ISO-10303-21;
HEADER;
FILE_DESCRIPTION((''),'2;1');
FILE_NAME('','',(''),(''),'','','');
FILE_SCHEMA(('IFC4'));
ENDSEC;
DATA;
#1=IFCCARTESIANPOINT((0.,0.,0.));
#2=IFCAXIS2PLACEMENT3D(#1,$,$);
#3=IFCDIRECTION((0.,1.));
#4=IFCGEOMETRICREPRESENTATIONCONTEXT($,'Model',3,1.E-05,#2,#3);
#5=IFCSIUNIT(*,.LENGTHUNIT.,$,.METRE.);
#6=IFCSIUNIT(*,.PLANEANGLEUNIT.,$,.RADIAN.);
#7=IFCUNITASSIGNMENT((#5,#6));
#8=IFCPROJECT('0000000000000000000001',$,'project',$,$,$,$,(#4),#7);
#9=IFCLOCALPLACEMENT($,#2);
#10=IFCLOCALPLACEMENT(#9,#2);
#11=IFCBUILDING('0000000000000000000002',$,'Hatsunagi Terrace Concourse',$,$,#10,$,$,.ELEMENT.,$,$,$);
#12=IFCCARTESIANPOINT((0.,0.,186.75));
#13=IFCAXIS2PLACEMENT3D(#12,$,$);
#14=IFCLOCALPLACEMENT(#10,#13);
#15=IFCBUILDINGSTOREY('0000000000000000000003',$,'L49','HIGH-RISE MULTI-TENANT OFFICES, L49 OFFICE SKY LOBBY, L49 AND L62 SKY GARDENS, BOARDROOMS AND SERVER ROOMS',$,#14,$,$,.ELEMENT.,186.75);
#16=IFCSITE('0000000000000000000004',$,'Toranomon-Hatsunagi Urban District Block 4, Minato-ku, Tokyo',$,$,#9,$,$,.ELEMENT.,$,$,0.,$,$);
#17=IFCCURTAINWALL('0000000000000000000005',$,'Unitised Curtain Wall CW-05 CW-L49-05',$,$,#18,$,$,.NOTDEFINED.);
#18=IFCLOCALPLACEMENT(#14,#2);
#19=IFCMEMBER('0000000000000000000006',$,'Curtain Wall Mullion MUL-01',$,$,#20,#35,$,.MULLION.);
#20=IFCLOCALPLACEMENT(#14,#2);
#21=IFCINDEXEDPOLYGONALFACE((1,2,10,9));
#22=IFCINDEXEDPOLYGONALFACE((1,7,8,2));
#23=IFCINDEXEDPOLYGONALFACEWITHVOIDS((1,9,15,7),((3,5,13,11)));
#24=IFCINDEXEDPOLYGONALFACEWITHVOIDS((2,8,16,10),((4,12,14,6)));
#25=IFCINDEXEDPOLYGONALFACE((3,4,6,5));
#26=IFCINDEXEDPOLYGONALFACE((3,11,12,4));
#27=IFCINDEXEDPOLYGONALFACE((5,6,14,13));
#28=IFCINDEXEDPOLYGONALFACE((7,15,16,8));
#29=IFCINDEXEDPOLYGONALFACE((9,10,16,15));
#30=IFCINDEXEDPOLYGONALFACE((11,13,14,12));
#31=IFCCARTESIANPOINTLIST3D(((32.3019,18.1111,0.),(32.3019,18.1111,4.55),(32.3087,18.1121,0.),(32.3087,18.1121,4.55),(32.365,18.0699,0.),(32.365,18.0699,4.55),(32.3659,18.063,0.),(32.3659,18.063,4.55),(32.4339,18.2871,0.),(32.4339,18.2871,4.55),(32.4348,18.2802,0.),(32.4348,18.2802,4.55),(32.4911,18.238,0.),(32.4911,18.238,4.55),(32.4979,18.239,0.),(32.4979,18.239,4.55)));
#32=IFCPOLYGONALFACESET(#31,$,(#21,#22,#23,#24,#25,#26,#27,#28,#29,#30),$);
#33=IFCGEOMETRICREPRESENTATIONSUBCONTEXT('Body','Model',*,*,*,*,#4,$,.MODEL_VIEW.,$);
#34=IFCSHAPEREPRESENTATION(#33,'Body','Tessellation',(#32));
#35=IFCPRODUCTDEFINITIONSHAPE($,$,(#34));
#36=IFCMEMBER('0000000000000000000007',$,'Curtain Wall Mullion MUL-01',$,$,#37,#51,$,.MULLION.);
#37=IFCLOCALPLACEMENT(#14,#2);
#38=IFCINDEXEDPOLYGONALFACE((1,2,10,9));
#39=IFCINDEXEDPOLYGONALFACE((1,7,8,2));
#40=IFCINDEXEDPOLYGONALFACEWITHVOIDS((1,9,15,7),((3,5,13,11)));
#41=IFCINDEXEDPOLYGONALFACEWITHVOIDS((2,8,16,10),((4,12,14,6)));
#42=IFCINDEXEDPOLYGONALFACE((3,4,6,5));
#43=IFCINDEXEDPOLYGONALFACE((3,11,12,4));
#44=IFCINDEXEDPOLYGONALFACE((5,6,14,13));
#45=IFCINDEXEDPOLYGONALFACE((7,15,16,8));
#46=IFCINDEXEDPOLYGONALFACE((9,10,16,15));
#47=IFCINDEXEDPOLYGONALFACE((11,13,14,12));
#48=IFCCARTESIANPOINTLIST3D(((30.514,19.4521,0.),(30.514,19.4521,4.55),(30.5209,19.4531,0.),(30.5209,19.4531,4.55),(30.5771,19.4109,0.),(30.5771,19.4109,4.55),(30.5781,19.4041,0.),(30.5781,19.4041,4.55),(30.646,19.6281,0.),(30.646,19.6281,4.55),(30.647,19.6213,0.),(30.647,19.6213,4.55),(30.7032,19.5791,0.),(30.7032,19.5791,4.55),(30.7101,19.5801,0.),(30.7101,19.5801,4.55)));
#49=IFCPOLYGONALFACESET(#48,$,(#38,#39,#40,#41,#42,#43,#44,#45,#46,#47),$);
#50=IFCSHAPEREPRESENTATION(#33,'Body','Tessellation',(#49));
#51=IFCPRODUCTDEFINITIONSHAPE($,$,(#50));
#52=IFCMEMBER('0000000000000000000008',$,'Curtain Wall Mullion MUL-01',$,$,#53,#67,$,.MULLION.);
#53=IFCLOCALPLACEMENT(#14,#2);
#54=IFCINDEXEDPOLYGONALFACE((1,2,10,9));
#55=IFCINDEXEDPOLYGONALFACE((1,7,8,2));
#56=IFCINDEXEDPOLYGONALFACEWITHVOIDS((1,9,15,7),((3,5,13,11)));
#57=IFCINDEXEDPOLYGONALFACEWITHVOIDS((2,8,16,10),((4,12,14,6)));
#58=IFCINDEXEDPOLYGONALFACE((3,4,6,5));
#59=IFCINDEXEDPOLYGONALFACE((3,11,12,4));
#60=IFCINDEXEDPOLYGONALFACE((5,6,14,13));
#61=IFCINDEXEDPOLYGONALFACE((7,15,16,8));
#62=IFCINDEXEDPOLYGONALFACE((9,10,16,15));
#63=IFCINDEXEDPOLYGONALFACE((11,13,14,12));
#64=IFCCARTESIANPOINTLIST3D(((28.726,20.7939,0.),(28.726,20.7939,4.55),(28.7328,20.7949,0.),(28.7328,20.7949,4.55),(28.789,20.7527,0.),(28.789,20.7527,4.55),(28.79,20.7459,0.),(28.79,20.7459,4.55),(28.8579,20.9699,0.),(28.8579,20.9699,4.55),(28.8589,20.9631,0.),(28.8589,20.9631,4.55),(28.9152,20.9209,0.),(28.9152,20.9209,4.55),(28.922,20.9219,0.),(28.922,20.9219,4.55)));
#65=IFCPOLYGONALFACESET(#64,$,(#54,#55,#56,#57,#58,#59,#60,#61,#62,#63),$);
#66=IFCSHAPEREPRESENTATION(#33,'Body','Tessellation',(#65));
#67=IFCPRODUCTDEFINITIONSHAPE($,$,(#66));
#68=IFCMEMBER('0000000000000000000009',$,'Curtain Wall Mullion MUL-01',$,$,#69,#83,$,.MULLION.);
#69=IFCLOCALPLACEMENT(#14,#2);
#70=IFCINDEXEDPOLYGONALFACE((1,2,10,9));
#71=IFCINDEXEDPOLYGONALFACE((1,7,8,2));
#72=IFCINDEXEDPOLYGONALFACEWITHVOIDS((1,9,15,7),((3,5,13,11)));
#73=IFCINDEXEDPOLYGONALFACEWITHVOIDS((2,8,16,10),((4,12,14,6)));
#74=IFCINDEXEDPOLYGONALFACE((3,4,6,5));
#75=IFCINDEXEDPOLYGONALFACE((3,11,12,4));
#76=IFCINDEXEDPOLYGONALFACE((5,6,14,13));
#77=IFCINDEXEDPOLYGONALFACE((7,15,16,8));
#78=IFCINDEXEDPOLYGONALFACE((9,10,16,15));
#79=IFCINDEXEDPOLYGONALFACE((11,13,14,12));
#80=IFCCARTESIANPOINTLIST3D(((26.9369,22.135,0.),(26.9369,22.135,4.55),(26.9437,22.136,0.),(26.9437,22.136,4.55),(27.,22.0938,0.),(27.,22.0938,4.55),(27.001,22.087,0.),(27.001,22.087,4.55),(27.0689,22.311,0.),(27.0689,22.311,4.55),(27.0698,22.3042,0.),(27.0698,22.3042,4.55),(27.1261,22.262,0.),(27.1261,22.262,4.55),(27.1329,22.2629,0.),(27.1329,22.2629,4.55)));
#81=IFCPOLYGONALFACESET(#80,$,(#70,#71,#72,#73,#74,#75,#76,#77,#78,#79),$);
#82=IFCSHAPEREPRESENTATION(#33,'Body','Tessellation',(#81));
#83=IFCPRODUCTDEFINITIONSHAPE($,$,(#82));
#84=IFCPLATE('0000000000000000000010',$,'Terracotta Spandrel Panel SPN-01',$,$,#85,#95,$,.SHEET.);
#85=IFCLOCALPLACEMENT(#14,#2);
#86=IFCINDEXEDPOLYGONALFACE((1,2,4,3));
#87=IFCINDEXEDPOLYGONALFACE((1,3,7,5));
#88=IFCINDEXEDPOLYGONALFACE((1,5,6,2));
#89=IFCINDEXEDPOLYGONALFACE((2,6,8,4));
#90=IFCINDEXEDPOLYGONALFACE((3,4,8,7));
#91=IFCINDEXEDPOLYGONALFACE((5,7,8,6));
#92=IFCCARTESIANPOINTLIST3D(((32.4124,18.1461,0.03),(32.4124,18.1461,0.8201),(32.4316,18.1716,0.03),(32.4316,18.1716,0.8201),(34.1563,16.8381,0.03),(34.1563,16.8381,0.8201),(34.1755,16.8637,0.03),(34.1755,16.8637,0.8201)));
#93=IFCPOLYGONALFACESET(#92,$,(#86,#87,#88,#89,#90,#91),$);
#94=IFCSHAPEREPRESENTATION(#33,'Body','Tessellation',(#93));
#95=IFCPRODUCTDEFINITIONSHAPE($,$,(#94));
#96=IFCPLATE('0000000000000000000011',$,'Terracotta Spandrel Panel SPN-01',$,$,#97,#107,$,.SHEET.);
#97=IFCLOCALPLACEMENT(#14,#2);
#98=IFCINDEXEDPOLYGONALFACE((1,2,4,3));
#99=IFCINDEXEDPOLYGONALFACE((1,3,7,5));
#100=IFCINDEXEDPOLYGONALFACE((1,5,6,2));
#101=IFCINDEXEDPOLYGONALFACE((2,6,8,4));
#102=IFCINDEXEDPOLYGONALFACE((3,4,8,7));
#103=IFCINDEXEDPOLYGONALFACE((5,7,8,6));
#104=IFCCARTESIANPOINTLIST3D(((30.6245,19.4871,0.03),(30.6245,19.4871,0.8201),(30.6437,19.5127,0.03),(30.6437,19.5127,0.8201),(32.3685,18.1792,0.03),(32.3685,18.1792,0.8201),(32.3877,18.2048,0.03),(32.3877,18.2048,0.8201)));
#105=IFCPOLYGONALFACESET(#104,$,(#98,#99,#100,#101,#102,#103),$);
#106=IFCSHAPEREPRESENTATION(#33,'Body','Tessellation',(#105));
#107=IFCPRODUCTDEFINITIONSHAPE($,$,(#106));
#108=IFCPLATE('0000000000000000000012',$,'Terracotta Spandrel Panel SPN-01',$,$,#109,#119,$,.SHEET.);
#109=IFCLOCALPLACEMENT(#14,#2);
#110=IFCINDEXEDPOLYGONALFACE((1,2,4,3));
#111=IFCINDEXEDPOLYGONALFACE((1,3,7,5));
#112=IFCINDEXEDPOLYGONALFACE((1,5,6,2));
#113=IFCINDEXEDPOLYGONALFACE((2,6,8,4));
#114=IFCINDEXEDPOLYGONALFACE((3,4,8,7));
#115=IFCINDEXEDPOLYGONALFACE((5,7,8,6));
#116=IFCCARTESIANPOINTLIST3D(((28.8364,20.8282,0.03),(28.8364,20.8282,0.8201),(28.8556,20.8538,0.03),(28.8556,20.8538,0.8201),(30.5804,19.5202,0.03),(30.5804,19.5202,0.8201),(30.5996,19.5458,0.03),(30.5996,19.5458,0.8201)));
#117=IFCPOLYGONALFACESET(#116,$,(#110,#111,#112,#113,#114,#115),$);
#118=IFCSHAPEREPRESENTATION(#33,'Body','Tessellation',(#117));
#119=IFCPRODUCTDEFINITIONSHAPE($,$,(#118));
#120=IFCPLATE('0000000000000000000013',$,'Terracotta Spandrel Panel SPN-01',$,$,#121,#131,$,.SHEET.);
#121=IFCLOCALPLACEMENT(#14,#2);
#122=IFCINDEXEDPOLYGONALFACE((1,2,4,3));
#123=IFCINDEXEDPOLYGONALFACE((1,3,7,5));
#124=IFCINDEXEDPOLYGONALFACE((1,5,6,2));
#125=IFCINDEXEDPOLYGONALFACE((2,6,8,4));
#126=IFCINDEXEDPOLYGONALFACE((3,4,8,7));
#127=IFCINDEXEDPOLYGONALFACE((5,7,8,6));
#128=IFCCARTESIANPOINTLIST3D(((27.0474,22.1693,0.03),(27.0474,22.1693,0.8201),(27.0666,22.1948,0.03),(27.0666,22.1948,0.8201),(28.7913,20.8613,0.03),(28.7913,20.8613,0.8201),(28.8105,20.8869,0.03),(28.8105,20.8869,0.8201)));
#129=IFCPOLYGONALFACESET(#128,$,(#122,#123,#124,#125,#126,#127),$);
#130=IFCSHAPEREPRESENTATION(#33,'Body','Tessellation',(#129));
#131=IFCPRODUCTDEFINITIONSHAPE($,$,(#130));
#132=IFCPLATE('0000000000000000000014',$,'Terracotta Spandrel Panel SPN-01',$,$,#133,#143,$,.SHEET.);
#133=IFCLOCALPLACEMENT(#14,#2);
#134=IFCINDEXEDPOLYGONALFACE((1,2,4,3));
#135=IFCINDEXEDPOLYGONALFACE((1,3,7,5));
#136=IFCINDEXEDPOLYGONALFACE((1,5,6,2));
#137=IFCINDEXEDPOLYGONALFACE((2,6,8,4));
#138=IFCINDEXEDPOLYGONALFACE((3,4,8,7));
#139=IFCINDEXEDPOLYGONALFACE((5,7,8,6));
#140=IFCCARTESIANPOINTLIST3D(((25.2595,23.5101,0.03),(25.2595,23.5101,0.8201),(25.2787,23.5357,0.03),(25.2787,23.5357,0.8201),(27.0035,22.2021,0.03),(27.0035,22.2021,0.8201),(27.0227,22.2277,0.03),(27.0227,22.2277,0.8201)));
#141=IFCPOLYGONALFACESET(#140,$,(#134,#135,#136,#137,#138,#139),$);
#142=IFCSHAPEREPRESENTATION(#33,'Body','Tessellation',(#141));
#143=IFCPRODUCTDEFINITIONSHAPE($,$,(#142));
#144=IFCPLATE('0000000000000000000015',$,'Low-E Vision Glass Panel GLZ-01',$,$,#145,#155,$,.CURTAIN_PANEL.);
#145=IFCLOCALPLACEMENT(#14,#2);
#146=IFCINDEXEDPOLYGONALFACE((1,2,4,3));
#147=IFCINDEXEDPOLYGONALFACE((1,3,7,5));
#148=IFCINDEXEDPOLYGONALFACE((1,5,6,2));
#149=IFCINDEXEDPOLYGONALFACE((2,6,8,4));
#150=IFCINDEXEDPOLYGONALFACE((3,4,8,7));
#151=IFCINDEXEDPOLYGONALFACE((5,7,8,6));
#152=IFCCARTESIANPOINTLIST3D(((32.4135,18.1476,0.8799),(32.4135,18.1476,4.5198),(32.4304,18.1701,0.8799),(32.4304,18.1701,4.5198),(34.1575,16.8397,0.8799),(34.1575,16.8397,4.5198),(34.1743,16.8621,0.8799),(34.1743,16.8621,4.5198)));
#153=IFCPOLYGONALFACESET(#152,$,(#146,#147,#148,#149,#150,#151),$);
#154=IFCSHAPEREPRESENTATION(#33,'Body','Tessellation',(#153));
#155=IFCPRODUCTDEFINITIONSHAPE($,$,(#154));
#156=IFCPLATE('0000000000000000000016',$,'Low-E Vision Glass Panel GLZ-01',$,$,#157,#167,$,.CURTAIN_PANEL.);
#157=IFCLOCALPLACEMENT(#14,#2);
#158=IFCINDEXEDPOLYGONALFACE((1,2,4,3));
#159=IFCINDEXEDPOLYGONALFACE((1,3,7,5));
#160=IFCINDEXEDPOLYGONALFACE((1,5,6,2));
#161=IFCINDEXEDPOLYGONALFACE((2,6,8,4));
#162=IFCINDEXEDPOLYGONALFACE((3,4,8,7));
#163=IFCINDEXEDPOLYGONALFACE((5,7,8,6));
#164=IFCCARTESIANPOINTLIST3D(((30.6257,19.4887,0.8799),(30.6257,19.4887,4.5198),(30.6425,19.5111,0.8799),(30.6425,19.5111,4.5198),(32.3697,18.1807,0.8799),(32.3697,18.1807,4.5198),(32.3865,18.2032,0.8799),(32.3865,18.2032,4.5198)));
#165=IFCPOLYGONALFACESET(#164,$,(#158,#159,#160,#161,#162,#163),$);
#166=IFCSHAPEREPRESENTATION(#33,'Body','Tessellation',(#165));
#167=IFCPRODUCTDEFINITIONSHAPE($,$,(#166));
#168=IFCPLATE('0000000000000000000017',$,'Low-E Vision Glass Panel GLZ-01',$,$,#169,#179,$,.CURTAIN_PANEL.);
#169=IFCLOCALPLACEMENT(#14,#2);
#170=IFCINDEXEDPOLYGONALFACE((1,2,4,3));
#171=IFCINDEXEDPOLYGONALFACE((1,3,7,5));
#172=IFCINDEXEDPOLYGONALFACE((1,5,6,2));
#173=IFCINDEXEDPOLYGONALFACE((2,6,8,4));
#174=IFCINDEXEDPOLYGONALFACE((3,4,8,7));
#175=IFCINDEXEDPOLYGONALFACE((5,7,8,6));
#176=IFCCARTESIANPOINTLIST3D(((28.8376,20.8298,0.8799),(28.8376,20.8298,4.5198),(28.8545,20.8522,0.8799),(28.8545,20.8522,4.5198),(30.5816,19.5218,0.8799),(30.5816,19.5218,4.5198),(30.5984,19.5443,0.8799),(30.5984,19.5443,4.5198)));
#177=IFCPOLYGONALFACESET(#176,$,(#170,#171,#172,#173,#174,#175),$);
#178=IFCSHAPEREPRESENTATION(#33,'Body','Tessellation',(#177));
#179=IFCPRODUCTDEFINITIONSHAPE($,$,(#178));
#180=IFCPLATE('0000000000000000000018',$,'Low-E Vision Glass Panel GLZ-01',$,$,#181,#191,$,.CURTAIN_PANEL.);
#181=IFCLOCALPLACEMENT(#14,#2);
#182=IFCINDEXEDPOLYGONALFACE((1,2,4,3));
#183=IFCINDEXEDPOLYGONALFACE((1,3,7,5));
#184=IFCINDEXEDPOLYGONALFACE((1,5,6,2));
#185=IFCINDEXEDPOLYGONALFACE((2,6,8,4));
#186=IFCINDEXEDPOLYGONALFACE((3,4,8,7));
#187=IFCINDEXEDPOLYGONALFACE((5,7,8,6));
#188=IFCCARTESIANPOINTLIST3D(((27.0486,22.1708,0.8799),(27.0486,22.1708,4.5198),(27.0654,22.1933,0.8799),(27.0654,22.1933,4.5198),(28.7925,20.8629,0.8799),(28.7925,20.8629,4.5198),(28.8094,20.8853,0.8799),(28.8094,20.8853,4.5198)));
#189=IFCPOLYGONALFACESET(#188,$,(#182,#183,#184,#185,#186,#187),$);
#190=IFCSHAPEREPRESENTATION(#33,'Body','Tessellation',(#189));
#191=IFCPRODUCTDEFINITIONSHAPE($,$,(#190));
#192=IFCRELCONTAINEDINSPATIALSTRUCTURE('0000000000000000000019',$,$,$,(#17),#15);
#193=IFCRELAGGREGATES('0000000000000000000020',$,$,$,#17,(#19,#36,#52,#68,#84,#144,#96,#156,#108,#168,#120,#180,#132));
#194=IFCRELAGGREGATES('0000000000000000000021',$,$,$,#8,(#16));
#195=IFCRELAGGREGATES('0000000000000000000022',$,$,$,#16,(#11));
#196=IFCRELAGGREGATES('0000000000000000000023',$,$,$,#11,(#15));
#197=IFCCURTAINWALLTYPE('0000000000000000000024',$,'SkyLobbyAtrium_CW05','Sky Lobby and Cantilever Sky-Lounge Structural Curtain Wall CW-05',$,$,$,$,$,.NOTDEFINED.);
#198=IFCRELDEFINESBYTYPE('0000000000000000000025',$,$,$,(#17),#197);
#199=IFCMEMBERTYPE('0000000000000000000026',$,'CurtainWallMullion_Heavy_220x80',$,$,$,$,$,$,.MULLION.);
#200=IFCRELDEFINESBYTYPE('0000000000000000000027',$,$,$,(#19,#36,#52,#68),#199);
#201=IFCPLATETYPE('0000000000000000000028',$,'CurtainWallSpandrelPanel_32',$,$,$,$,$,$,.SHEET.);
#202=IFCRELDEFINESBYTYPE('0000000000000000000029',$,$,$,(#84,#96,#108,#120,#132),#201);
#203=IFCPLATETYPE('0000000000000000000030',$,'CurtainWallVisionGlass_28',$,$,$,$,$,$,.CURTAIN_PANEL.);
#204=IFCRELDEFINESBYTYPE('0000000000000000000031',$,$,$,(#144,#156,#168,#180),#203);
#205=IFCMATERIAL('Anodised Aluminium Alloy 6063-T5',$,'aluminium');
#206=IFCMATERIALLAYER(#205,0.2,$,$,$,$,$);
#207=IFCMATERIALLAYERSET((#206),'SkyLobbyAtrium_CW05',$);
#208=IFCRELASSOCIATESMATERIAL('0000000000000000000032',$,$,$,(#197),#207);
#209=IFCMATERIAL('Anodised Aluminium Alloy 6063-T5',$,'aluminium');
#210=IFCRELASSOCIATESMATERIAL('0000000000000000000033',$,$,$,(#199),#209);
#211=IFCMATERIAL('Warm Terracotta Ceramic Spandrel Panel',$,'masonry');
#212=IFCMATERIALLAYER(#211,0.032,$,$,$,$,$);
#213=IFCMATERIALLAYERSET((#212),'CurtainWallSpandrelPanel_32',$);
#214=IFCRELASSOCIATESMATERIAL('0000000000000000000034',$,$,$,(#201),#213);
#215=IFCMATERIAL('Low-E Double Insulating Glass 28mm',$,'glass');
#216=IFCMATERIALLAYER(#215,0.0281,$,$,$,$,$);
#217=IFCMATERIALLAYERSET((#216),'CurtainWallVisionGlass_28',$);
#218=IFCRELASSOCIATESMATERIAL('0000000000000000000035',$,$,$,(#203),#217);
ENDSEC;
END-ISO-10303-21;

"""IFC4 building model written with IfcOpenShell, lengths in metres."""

from ifc_helpers import new_model, si_unit, direction, frame, origin, origin_2d, place, context, subcontext, project, spatial, rectangle, hollow_rectangle, extrude, material, layer, layer_set, material_profile, profile_set, type_object, element, aggregate, save


model = new_model("IFC4")

# Units and contexts
model_context = context("Model", 3, precision=1e-05, world=origin(), true_north=direction((0.0, 1.0)))
body_context = subcontext(model_context, "Body", "Model", "MODEL_VIEW")
ifc_project = project(units=[si_unit("LENGTHUNIT", "METRE"), si_unit("PLANEANGLEUNIT", "RADIAN")], contexts=[model_context])

# Site, building, storey
site_placement = place(None, origin())
site = spatial("IfcSite", under=ifc_project, at=site_placement, Name="Toranomon-Hatsunagi Urban District Block 4, Minato-ku, Tokyo", CompositionType="ELEMENT", RefElevation=0.0)
building_placement = place(site_placement, origin())
building = spatial("IfcBuilding", under=site, at=building_placement, Name="Hatsunagi Terrace Concourse", CompositionType="ELEMENT")
storey_placement = place(building_placement, frame((0.0, 0.0, 186.75)))
storey = spatial("IfcBuildingStorey", under=building, at=storey_placement, Name="L49", Description="HIGH-RISE MULTI-TENANT OFFICES, L49 OFFICE SKY LOBBY, L49 AND L62 SKY GARDENS, BOARDROOMS AND SERVER ROOMS", CompositionType="ELEMENT", Elevation=186.75)

# Curtain wall, members, plates
ifc_material_1 = material(Name="Anodised Aluminium Alloy 6063-T5", Category="aluminium")
ifc_layer_1 = layer(ifc_material_1, 0.2)
ifc_layer_set_1 = layer_set([ifc_layer_1], Name="SkyLobbyAtrium_CW05")
curtain_wall_type = type_object("IfcCurtainWallType", Name="SkyLobbyAtrium_CW05", Description="Sky Lobby and Cantilever Sky-Lounge Structural Curtain Wall CW-05", PredefinedType="NOTDEFINED", material=ifc_layer_set_1)
curtain_wall_placement = place(storey_placement, origin())
curtain_wall = element("IfcCurtainWall", 1, at=curtain_wall_placement, inside=storey, type_object=curtain_wall_type, Name="Unitised Curtain Wall CW-05 CW-L49-05", PredefinedType="NOTDEFINED")
ifc_material_2 = material(Name="Anodised Aluminium Alloy 6063-T5", Category="aluminium")
ifc_material_profile = material_profile(ifc_material_2, hollow_rectangle(XDim=0.0801, YDim=0.22, WallThickness=0.0049, at=origin_2d()), Name="ALU-MUL-220x80x5")
ifc_profile_set = profile_set([ifc_material_profile], Name="Anodised Aluminium Alloy 6063-T5")
member_type = type_object("IfcMemberType", Name="CurtainWallMullion_Heavy_220x80", PredefinedType="MULLION", material=ifc_profile_set)
member_1_placement = place(storey_placement, frame((32.3999, 18.175, 0.0), z_axis=(0.0, 0.0, 1.0), x_axis=(-0.800005, 0.599993, 0.0)))
member_1 = element("IfcMember", 2, at=member_1_placement, type_object=member_type, Name="Curtain Wall Mullion MUL-01", PredefinedType="MULLION", context=body_context, shape_type="SweptSolid", body=[
    extrude(hollow_rectangle(XDim=0.0801, YDim=0.22, WallThickness=0.0049, at=origin_2d()), origin(), (0.0, 0.0, 1.0), 4.55),
])
member_2_placement = place(storey_placement, frame((30.6121, 19.5161, 0.0), z_axis=(0.0, 0.0, 1.0), x_axis=(-0.800005, 0.599993, 0.0)))
member_2 = element("IfcMember", 3, at=member_2_placement, type_object=member_type, Name="Curtain Wall Mullion MUL-01", PredefinedType="MULLION", context=body_context, shape_type="SweptSolid", body=[
    extrude(hollow_rectangle(XDim=0.0801, YDim=0.22, WallThickness=0.0049, at=origin_2d()), origin(), (0.0, 0.0, 1.0), 4.55),
])
member_3_placement = place(storey_placement, frame((28.824, 20.8579, 0.0), z_axis=(0.0, 0.0, 1.0), x_axis=(-0.800005, 0.599993, 0.0)))
member_3 = element("IfcMember", 4, at=member_3_placement, type_object=member_type, Name="Curtain Wall Mullion MUL-01", PredefinedType="MULLION", context=body_context, shape_type="SweptSolid", body=[
    extrude(hollow_rectangle(XDim=0.0801, YDim=0.22, WallThickness=0.0049, at=origin_2d()), origin(), (0.0, 0.0, 1.0), 4.55),
])
member_4_placement = place(storey_placement, frame((27.0349, 22.199, 0.0), z_axis=(0.0, 0.0, 1.0), x_axis=(-0.800005, 0.599993, 0.0)))
member_4 = element("IfcMember", 5, at=member_4_placement, type_object=member_type, Name="Curtain Wall Mullion MUL-01", PredefinedType="MULLION", context=body_context, shape_type="SweptSolid", body=[
    extrude(hollow_rectangle(XDim=0.0801, YDim=0.22, WallThickness=0.0049, at=origin_2d()), origin(), (0.0, 0.0, 1.0), 4.55),
])
ifc_material_3 = material(Name="Warm Terracotta Ceramic Spandrel Panel", Category="masonry")
ifc_layer_2 = layer(ifc_material_3, 0.032)
ifc_layer_set_2 = layer_set([ifc_layer_2], Name="CurtainWallSpandrelPanel_32")
plate_type_1 = type_object("IfcPlateType", Name="CurtainWallSpandrelPanel_32", PredefinedType="SHEET", material=ifc_layer_set_2)
plate_1_placement = place(storey_placement, frame((33.2939, 17.5049, 0.03), z_axis=(0.0, 0.0, 1.0), x_axis=(-0.800005, 0.599993, 0.0)))
plate_1 = element("IfcPlate", 6, at=plate_1_placement, type_object=plate_type_1, Name="Terracotta Spandrel Panel SPN-01", PredefinedType="SHEET", context=body_context, shape_type="SweptSolid", body=[
    extrude(rectangle(XDim=2.1799, YDim=0.032, at=origin_2d()), origin(), (0.0, 0.0, 1.0), 0.79),
])
plate_2_placement = place(storey_placement, frame((31.5061, 18.8459, 0.03), z_axis=(0.0, 0.0, 1.0), x_axis=(-0.800005, 0.599993, 0.0)))
plate_2 = element("IfcPlate", 7, at=plate_2_placement, type_object=plate_type_1, Name="Terracotta Spandrel Panel SPN-01", PredefinedType="SHEET", context=body_context, shape_type="SweptSolid", body=[
    extrude(rectangle(XDim=2.1799, YDim=0.032, at=origin_2d()), origin(), (0.0, 0.0, 1.0), 0.79),
])
plate_3_placement = place(storey_placement, frame((29.718, 20.187, 0.03), z_axis=(0.0, 0.0, 1.0), x_axis=(-0.800005, 0.599993, 0.0)))
plate_3 = element("IfcPlate", 8, at=plate_3_placement, type_object=plate_type_1, Name="Terracotta Spandrel Panel SPN-01", PredefinedType="SHEET", context=body_context, shape_type="SweptSolid", body=[
    extrude(rectangle(XDim=2.1799, YDim=0.032, at=origin_2d()), origin(), (0.0, 0.0, 1.0), 0.79),
])
plate_4_placement = place(storey_placement, frame((27.929, 21.5281, 0.03), z_axis=(0.0, 0.0, 1.0), x_axis=(-0.800005, 0.599993, 0.0)))
plate_4 = element("IfcPlate", 9, at=plate_4_placement, type_object=plate_type_1, Name="Terracotta Spandrel Panel SPN-01", PredefinedType="SHEET", context=body_context, shape_type="SweptSolid", body=[
    extrude(rectangle(XDim=2.1799, YDim=0.032, at=origin_2d()), origin(), (0.0, 0.0, 1.0), 0.79),
])
plate_5_placement = place(storey_placement, frame((26.1411, 22.8689, 0.03), z_axis=(0.0, 0.0, 1.0), x_axis=(-0.800005, 0.599993, 0.0)))
plate_5 = element("IfcPlate", 10, at=plate_5_placement, type_object=plate_type_1, Name="Terracotta Spandrel Panel SPN-01", PredefinedType="SHEET", context=body_context, shape_type="SweptSolid", body=[
    extrude(rectangle(XDim=2.1799, YDim=0.032, at=origin_2d()), origin(), (0.0, 0.0, 1.0), 0.79),
])
ifc_material_4 = material(Name="Low-E Double Insulating Glass 28mm", Category="glass")
ifc_layer_3 = layer(ifc_material_4, 0.0281)
ifc_layer_set_3 = layer_set([ifc_layer_3], Name="CurtainWallVisionGlass_28")
plate_type_2 = type_object("IfcPlateType", Name="CurtainWallVisionGlass_28", PredefinedType="CURTAIN_PANEL", material=ifc_layer_set_3)
plate_6_placement = place(storey_placement, frame((33.2939, 17.5049, 0.8799), z_axis=(0.0, 0.0, 1.0), x_axis=(-0.800005, 0.599993, 0.0)))
plate_6 = element("IfcPlate", 11, at=plate_6_placement, type_object=plate_type_2, Name="Low-E Vision Glass Panel GLZ-01", PredefinedType="CURTAIN_PANEL", context=body_context, shape_type="SweptSolid", body=[
    extrude(rectangle(XDim=2.1799, YDim=0.0281, at=origin_2d()), origin(), (0.0, 0.0, 1.0), 3.6399),
])
plate_7_placement = place(storey_placement, frame((31.5061, 18.8459, 0.8799), z_axis=(0.0, 0.0, 1.0), x_axis=(-0.800005, 0.599993, 0.0)))
plate_7 = element("IfcPlate", 12, at=plate_7_placement, type_object=plate_type_2, Name="Low-E Vision Glass Panel GLZ-01", PredefinedType="CURTAIN_PANEL", context=body_context, shape_type="SweptSolid", body=[
    extrude(rectangle(XDim=2.1799, YDim=0.0281, at=origin_2d()), origin(), (0.0, 0.0, 1.0), 3.6399),
])
plate_8_placement = place(storey_placement, frame((29.718, 20.187, 0.8799), z_axis=(0.0, 0.0, 1.0), x_axis=(-0.800005, 0.599993, 0.0)))
plate_8 = element("IfcPlate", 13, at=plate_8_placement, type_object=plate_type_2, Name="Low-E Vision Glass Panel GLZ-01", PredefinedType="CURTAIN_PANEL", context=body_context, shape_type="SweptSolid", body=[
    extrude(rectangle(XDim=2.1799, YDim=0.0281, at=origin_2d()), origin(), (0.0, 0.0, 1.0), 3.6399),
])
plate_9_placement = place(storey_placement, frame((27.929, 21.5281, 0.8799), z_axis=(0.0, 0.0, 1.0), x_axis=(-0.800005, 0.599993, 0.0)))
plate_9 = element("IfcPlate", 14, at=plate_9_placement, type_object=plate_type_2, Name="Low-E Vision Glass Panel GLZ-01", PredefinedType="CURTAIN_PANEL", context=body_context, shape_type="SweptSolid", body=[
    extrude(rectangle(XDim=2.1799, YDim=0.0281, at=origin_2d()), origin(), (0.0, 0.0, 1.0), 3.6399),
])
aggregate(curtain_wall, [member_1, member_2, member_3, member_4, plate_1, plate_6, plate_2, plate_7, plate_3, plate_8, plate_4, plate_9, plate_5])

save(model, "model.ifc")
